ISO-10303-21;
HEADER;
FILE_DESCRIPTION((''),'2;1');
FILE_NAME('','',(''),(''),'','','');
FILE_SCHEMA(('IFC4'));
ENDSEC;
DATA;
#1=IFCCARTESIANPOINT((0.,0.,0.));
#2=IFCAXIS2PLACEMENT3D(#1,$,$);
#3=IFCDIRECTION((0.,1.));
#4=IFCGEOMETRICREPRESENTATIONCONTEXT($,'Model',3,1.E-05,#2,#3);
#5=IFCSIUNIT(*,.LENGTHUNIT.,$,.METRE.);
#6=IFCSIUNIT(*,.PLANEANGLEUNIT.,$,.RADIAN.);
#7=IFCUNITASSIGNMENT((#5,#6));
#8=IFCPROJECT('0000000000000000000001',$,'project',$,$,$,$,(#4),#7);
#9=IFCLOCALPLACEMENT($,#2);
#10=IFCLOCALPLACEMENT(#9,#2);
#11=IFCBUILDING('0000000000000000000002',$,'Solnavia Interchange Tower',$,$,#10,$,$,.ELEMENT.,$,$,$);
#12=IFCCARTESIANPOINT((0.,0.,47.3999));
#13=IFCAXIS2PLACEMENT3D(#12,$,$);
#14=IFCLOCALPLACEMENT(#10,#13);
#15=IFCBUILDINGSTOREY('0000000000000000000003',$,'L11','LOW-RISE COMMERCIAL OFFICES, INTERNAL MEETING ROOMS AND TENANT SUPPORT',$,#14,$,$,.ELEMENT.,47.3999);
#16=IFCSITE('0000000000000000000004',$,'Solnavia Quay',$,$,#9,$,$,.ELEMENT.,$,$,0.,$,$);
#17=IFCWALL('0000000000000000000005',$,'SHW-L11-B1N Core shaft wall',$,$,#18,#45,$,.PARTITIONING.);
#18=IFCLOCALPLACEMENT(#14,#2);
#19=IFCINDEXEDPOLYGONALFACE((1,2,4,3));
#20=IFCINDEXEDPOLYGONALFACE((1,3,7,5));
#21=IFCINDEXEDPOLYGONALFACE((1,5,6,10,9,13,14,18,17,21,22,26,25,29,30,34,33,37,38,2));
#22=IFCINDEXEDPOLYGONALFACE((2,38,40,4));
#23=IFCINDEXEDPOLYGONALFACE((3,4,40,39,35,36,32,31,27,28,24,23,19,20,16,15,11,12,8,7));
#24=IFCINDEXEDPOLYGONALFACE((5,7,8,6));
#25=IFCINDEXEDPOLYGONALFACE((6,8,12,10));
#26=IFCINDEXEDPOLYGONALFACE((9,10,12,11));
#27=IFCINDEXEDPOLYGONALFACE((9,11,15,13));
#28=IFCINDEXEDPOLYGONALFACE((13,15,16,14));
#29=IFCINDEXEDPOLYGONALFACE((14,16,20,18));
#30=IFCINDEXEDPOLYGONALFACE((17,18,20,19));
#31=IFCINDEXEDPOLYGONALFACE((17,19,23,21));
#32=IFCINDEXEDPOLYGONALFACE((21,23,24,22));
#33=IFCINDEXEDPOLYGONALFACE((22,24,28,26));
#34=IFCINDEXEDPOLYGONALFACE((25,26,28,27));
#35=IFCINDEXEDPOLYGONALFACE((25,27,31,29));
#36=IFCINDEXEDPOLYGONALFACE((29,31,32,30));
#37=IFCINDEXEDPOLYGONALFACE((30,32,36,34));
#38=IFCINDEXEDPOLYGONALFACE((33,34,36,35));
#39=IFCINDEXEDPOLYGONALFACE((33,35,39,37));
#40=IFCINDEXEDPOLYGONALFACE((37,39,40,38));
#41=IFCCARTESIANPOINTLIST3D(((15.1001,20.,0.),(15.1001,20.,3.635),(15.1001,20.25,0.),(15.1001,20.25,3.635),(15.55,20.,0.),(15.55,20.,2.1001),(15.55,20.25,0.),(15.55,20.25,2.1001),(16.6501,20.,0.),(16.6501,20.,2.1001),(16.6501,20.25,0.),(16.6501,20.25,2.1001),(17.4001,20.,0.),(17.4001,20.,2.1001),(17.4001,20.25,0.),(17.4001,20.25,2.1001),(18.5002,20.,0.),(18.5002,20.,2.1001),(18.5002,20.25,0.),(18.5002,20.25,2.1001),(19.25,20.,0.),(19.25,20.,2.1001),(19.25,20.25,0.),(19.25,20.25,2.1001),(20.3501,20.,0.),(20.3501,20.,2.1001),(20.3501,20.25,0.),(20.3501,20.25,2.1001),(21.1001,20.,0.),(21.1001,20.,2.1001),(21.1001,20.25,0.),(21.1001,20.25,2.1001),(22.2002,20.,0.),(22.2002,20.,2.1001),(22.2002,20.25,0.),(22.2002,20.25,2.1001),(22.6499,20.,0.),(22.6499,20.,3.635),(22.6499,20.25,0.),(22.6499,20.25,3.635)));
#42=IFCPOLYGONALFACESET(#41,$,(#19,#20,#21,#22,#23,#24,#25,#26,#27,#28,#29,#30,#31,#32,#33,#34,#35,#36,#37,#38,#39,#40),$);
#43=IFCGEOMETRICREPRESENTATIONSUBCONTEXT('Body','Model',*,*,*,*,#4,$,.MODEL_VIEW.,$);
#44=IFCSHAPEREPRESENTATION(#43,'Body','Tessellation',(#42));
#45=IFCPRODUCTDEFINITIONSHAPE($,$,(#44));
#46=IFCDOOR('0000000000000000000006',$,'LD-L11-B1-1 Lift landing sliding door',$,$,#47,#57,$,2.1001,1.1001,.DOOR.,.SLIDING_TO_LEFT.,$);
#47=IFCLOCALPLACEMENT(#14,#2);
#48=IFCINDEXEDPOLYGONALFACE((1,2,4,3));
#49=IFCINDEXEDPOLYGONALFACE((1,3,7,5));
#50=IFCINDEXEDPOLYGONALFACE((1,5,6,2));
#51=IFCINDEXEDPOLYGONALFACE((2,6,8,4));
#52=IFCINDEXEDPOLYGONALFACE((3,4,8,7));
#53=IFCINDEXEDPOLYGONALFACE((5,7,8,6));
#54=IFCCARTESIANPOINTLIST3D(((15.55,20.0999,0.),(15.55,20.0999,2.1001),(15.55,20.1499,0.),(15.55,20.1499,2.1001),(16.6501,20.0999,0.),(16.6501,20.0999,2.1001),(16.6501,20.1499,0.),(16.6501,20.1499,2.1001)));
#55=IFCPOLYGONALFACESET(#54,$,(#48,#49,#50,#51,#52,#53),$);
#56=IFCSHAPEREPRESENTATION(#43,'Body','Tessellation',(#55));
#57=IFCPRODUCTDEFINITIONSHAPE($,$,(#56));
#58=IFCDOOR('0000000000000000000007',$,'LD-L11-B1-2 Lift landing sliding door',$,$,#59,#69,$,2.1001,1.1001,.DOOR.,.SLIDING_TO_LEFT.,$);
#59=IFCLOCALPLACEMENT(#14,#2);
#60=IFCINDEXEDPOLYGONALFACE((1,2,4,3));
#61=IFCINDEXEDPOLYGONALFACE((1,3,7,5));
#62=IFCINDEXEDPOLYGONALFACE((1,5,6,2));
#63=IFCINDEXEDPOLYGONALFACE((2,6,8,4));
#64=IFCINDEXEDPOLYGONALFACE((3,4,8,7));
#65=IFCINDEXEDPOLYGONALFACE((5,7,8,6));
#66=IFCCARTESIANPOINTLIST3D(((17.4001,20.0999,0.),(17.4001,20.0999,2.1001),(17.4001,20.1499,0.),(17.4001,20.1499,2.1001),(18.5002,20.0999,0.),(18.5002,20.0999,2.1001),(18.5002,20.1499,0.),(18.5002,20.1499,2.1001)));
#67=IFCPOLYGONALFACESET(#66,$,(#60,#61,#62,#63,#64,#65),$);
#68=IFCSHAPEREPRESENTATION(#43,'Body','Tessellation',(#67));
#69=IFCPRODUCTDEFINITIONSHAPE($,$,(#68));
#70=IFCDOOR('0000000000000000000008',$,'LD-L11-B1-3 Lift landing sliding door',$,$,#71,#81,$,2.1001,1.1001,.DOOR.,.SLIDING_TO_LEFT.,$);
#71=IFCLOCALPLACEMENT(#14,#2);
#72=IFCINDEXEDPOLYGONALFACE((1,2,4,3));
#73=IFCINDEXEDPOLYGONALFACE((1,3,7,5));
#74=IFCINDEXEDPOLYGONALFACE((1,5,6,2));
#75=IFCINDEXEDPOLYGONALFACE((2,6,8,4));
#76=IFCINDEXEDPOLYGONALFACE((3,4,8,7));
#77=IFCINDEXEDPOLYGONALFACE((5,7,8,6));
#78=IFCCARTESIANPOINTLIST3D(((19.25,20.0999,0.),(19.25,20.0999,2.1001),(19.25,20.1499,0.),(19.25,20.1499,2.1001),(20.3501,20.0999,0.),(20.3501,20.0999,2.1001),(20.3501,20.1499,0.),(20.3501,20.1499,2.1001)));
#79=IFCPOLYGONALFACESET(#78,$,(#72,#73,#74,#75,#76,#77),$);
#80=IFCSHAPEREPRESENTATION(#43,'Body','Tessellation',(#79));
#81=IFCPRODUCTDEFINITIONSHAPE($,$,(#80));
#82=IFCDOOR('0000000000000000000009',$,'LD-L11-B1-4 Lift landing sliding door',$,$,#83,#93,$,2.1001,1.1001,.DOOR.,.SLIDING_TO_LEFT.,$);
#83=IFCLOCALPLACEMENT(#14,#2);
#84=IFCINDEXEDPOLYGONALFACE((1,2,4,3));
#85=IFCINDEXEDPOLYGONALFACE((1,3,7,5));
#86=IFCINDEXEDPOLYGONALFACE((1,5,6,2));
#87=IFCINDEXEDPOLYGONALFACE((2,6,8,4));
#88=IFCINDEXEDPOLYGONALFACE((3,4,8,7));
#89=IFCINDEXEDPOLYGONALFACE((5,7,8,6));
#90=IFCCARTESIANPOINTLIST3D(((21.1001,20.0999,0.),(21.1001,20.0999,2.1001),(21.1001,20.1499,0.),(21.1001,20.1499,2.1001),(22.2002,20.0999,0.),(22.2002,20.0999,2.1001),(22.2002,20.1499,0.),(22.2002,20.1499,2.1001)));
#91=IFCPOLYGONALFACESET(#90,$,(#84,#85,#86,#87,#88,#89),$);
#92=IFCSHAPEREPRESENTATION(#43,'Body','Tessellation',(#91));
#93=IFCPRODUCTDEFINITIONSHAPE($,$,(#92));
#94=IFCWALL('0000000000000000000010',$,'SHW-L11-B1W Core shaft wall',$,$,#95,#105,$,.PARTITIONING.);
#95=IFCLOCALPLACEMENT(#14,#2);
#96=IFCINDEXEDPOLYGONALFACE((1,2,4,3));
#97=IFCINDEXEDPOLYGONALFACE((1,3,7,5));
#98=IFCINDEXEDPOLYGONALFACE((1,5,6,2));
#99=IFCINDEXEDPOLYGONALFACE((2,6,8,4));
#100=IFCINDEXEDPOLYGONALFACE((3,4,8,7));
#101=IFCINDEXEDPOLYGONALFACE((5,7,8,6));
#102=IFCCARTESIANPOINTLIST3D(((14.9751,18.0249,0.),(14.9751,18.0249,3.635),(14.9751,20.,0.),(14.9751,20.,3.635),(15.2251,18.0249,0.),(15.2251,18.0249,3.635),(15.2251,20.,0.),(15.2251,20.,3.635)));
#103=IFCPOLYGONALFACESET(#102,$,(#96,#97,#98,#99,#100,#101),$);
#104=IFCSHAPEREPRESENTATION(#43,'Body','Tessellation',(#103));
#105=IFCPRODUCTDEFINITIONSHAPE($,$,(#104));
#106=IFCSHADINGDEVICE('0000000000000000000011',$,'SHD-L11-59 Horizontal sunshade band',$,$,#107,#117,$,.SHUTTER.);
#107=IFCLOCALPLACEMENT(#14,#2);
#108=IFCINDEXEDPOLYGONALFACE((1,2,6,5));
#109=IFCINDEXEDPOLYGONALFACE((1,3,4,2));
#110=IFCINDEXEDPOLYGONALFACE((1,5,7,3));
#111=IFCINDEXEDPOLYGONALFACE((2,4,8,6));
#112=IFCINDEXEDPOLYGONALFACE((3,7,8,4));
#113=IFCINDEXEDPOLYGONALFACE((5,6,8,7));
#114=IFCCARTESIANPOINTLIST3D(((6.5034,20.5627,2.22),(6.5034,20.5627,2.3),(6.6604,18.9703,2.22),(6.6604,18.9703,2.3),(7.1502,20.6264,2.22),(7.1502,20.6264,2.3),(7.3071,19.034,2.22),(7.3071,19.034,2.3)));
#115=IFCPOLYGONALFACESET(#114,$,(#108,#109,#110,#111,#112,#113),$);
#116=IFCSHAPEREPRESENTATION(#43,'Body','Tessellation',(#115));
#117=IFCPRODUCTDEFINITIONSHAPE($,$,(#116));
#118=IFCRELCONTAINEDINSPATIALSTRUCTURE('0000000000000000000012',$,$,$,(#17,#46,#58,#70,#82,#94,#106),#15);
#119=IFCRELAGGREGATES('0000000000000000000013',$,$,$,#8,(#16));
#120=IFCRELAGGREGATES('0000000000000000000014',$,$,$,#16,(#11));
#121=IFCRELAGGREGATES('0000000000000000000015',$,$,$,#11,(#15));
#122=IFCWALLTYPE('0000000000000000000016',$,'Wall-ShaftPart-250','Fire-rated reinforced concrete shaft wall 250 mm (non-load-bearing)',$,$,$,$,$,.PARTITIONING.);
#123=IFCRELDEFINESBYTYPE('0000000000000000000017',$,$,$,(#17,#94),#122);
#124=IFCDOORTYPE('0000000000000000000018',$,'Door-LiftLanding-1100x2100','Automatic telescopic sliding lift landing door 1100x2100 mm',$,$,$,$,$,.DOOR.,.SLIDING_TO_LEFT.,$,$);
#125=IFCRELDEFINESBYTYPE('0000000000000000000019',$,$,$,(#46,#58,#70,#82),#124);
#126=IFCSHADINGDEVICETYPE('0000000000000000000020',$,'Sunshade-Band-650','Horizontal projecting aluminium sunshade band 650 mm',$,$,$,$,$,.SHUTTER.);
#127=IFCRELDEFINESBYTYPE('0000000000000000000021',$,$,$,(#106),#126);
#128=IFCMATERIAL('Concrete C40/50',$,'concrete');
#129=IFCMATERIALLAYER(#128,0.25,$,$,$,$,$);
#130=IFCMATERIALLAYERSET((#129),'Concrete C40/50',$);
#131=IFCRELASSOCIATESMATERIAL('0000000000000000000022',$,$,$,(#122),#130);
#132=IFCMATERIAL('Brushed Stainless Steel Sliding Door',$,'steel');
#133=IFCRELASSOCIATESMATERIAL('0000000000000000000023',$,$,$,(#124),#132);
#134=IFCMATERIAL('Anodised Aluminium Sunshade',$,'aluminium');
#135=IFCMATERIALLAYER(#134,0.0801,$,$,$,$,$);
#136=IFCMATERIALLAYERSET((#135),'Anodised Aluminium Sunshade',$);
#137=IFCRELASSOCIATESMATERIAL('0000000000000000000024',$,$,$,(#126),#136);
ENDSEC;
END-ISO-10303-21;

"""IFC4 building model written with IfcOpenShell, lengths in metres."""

from ifc_helpers import new_model, si_unit, direction, frame, frame_2d, origin, origin_2d, place, context, subcontext, project, spatial, rectangle, extrude, material, layer, layer_set, type_object, element, fill, save


model = new_model("IFC4")

# Units and contexts
model_context = context("Model", 3, precision=1e-05, world=origin(), true_north=direction((0.0, 1.0)))
body_context = subcontext(model_context, "Body", "Model", "MODEL_VIEW")
ifc_project = project(units=[si_unit("LENGTHUNIT", "METRE"), si_unit("PLANEANGLEUNIT", "RADIAN")], contexts=[model_context])

# Site, building, storey
site_placement = place(None, origin())
site = spatial("IfcSite", under=ifc_project, at=site_placement, Name="Solnavia Quay", CompositionType="ELEMENT", RefElevation=0.0)
building_placement = place(site_placement, origin())
building = spatial("IfcBuilding", under=site, at=building_placement, Name="Solnavia Interchange Tower", CompositionType="ELEMENT")
storey_placement = place(building_placement, frame((0.0, 0.0, 47.3999)))
storey = spatial("IfcBuildingStorey", under=building, at=storey_placement, Name="L11", Description="LOW-RISE COMMERCIAL OFFICES, INTERNAL MEETING ROOMS AND TENANT SUPPORT", CompositionType="ELEMENT", Elevation=47.3999)

# Shared definitions
ifc_material_1 = material(Name="Concrete C40/50", Category="concrete")

# Wall, openings, doors
ifc_layer_1 = layer(ifc_material_1, 0.25)
ifc_layer_set_1 = layer_set([ifc_layer_1], Name="Concrete C40/50")
wall_type_1 = type_object("IfcWallType", Name="Wall-ShaftPart-250", Description="Fire-rated reinforced concrete shaft wall 250 mm (non-load-bearing)", PredefinedType="PARTITIONING", material=ifc_layer_set_1)
wall_1_placement = place(storey_placement, frame((15.1001, 20.125, 0.0), z_axis=(0.0, 0.0, 1.0), x_axis=(1.0, 0.0, 0.0)))
wall_1 = element("IfcWall", 1, at=wall_1_placement, inside=storey, type_object=wall_type_1, Name="SHW-L11-B1N Core shaft wall", PredefinedType="PARTITIONING", context=body_context, shape_type="SweptSolid", body=[
    extrude(rectangle(XDim=7.5498, YDim=0.25, at=frame_2d((3.7749, 0.0))), origin(), (0.0, 0.0, 1.0), 3.635),
])
opening_1_placement = place(wall_1_placement, frame((0.45, 0.0, 0.0)))
opening_1 = element("IfcOpeningElement", 2, at=opening_1_placement, cuts=wall_1, PredefinedType="OPENING", context=body_context, shape_type="SweptSolid", body=[
    extrude(rectangle(XDim=1.1001, YDim=2.1001, at=frame_2d((0.55, 1.05))), frame((0.0, 0.135, 0.0), z_axis=(0.0, -1.0, 0.0), x_axis=(1.0, 0.0, 0.0)), (0.0, 0.0, 1.0), 0.27),
])
opening_2_placement = place(wall_1_placement, frame((2.3, 0.0, 0.0)))
opening_2 = element("IfcOpeningElement", 3, at=opening_2_placement, cuts=wall_1, PredefinedType="OPENING", context=body_context, shape_type="SweptSolid", body=[
    extrude(rectangle(XDim=1.1001, YDim=2.1001, at=frame_2d((0.55, 1.05))), frame((0.0, 0.135, 0.0), z_axis=(0.0, -1.0, 0.0), x_axis=(1.0, 0.0, 0.0)), (0.0, 0.0, 1.0), 0.27),
])
opening_3_placement = place(wall_1_placement, frame((4.1499, 0.0, 0.0)))
opening_3 = element("IfcOpeningElement", 4, at=opening_3_placement, cuts=wall_1, PredefinedType="OPENING", context=body_context, shape_type="SweptSolid", body=[
    extrude(rectangle(XDim=1.1001, YDim=2.1001, at=frame_2d((0.55, 1.05))), frame((0.0, 0.135, 0.0), z_axis=(0.0, -1.0, 0.0), x_axis=(1.0, 0.0, 0.0)), (0.0, 0.0, 1.0), 0.27),
])
opening_4_placement = place(wall_1_placement, frame((6.0, 0.0, 0.0)))
opening_4 = element("IfcOpeningElement", 5, at=opening_4_placement, cuts=wall_1, PredefinedType="OPENING", context=body_context, shape_type="SweptSolid", body=[
    extrude(rectangle(XDim=1.1001, YDim=2.1001, at=frame_2d((0.55, 1.05))), frame((0.0, 0.135, 0.0), z_axis=(0.0, -1.0, 0.0), x_axis=(1.0, 0.0, 0.0)), (0.0, 0.0, 1.0), 0.27),
])
ifc_material_2 = material(Name="Brushed Stainless Steel Sliding Door", Category="steel")
door_type = type_object("IfcDoorType", Name="Door-LiftLanding-1100x2100", Description="Automatic telescopic sliding lift landing door 1100x2100 mm", OperationType="SLIDING_TO_LEFT", PredefinedType="DOOR", material=ifc_material_2)
door_1_placement = place(opening_1_placement, origin())
door_1 = element("IfcDoor", 6, at=door_1_placement, inside=storey, type_object=door_type, Name="LD-L11-B1-1 Lift landing sliding door", OperationType="SLIDING_TO_LEFT", OverallHeight=2.1001, OverallWidth=1.1001, PredefinedType="DOOR", context=body_context, shape_type="SweptSolid", body=[
    extrude(rectangle(XDim=1.1001, YDim=2.1001, at=frame_2d((0.55, 1.05))), frame((0.0, 0.0249, 0.0), z_axis=(0.0, -1.0, 0.0), x_axis=(1.0, 0.0, 0.0)), (0.0, 0.0, 1.0), 0.05),
])
fill(opening_1, door_1)
door_2_placement = place(opening_2_placement, origin())
door_2 = element("IfcDoor", 7, at=door_2_placement, inside=storey, type_object=door_type, Name="LD-L11-B1-2 Lift landing sliding door", OperationType="SLIDING_TO_LEFT", OverallHeight=2.1001, OverallWidth=1.1001, PredefinedType="DOOR", context=body_context, shape_type="SweptSolid", body=[
    extrude(rectangle(XDim=1.1001, YDim=2.1001, at=frame_2d((0.55, 1.05))), frame((0.0, 0.0249, 0.0), z_axis=(0.0, -1.0, 0.0), x_axis=(1.0, 0.0, 0.0)), (0.0, 0.0, 1.0), 0.05),
])
fill(opening_2, door_2)
door_3_placement = place(opening_3_placement, origin())
door_3 = element("IfcDoor", 8, at=door_3_placement, inside=storey, type_object=door_type, Name="LD-L11-B1-3 Lift landing sliding door", OperationType="SLIDING_TO_LEFT", OverallHeight=2.1001, OverallWidth=1.1001, PredefinedType="DOOR", context=body_context, shape_type="SweptSolid", body=[
    extrude(rectangle(XDim=1.1001, YDim=2.1001, at=frame_2d((0.55, 1.05))), frame((0.0, 0.0249, 0.0), z_axis=(0.0, -1.0, 0.0), x_axis=(1.0, 0.0, 0.0)), (0.0, 0.0, 1.0), 0.05),
])
fill(opening_3, door_3)
door_4_placement = place(opening_4_placement, origin())
door_4 = element("IfcDoor", 9, at=door_4_placement, inside=storey, type_object=door_type, Name="LD-L11-B1-4 Lift landing sliding door", OperationType="SLIDING_TO_LEFT", OverallHeight=2.1001, OverallWidth=1.1001, PredefinedType="DOOR", context=body_context, shape_type="SweptSolid", body=[
    extrude(rectangle(XDim=1.1001, YDim=2.1001, at=frame_2d((0.55, 1.05))), frame((0.0, 0.0249, 0.0), z_axis=(0.0, -1.0, 0.0), x_axis=(1.0, 0.0, 0.0)), (0.0, 0.0, 1.0), 0.05),
])
fill(opening_4, door_4)

# Wall
wall_2_placement = place(storey_placement, frame((15.1001, 18.0249, 0.0), z_axis=(0.0, 0.0, 1.0), x_axis=(0.0, 1.0, 0.0)))
element("IfcWall", 10, at=wall_2_placement, inside=storey, type_object=wall_type_1, Name="SHW-L11-B1W Core shaft wall", PredefinedType="PARTITIONING", context=body_context, shape_type="SweptSolid", body=[
    extrude(rectangle(XDim=1.9751, YDim=0.25, at=frame_2d((0.9875, 0.0))), origin(), (0.0, 0.0, 1.0), 3.635),
])

# Shading device
ifc_material_3 = material(Name="Anodised Aluminium Sunshade", Category="aluminium")
ifc_layer_2 = layer(ifc_material_3, 0.0801)
ifc_layer_set_2 = layer_set([ifc_layer_2], Name="Anodised Aluminium Sunshade")
shading_device_type = type_object("IfcShadingDeviceType", Name="Sunshade-Band-650", Description="Horizontal projecting aluminium sunshade band 650 mm", PredefinedType="SHUTTER", material=ifc_layer_set_2)
shading_device_placement = place(storey_placement, frame((6.9053, 19.7983, 2.22), z_axis=(0.0, 0.0, 1.0), x_axis=(-0.098104, 0.995176, 0.0)))
element("IfcShadingDevice", 11, at=shading_device_placement, inside=storey, type_object=shading_device_type, Name="SHD-L11-59 Horizontal sunshade band", PredefinedType="SHUTTER", context=body_context, shape_type="SweptSolid", body=[
    extrude(rectangle(XDim=1.6001, YDim=0.6499, at=origin_2d()), origin(), (0.0, 0.0, 1.0), 0.0801),
])

save(model, "model.ifc")
